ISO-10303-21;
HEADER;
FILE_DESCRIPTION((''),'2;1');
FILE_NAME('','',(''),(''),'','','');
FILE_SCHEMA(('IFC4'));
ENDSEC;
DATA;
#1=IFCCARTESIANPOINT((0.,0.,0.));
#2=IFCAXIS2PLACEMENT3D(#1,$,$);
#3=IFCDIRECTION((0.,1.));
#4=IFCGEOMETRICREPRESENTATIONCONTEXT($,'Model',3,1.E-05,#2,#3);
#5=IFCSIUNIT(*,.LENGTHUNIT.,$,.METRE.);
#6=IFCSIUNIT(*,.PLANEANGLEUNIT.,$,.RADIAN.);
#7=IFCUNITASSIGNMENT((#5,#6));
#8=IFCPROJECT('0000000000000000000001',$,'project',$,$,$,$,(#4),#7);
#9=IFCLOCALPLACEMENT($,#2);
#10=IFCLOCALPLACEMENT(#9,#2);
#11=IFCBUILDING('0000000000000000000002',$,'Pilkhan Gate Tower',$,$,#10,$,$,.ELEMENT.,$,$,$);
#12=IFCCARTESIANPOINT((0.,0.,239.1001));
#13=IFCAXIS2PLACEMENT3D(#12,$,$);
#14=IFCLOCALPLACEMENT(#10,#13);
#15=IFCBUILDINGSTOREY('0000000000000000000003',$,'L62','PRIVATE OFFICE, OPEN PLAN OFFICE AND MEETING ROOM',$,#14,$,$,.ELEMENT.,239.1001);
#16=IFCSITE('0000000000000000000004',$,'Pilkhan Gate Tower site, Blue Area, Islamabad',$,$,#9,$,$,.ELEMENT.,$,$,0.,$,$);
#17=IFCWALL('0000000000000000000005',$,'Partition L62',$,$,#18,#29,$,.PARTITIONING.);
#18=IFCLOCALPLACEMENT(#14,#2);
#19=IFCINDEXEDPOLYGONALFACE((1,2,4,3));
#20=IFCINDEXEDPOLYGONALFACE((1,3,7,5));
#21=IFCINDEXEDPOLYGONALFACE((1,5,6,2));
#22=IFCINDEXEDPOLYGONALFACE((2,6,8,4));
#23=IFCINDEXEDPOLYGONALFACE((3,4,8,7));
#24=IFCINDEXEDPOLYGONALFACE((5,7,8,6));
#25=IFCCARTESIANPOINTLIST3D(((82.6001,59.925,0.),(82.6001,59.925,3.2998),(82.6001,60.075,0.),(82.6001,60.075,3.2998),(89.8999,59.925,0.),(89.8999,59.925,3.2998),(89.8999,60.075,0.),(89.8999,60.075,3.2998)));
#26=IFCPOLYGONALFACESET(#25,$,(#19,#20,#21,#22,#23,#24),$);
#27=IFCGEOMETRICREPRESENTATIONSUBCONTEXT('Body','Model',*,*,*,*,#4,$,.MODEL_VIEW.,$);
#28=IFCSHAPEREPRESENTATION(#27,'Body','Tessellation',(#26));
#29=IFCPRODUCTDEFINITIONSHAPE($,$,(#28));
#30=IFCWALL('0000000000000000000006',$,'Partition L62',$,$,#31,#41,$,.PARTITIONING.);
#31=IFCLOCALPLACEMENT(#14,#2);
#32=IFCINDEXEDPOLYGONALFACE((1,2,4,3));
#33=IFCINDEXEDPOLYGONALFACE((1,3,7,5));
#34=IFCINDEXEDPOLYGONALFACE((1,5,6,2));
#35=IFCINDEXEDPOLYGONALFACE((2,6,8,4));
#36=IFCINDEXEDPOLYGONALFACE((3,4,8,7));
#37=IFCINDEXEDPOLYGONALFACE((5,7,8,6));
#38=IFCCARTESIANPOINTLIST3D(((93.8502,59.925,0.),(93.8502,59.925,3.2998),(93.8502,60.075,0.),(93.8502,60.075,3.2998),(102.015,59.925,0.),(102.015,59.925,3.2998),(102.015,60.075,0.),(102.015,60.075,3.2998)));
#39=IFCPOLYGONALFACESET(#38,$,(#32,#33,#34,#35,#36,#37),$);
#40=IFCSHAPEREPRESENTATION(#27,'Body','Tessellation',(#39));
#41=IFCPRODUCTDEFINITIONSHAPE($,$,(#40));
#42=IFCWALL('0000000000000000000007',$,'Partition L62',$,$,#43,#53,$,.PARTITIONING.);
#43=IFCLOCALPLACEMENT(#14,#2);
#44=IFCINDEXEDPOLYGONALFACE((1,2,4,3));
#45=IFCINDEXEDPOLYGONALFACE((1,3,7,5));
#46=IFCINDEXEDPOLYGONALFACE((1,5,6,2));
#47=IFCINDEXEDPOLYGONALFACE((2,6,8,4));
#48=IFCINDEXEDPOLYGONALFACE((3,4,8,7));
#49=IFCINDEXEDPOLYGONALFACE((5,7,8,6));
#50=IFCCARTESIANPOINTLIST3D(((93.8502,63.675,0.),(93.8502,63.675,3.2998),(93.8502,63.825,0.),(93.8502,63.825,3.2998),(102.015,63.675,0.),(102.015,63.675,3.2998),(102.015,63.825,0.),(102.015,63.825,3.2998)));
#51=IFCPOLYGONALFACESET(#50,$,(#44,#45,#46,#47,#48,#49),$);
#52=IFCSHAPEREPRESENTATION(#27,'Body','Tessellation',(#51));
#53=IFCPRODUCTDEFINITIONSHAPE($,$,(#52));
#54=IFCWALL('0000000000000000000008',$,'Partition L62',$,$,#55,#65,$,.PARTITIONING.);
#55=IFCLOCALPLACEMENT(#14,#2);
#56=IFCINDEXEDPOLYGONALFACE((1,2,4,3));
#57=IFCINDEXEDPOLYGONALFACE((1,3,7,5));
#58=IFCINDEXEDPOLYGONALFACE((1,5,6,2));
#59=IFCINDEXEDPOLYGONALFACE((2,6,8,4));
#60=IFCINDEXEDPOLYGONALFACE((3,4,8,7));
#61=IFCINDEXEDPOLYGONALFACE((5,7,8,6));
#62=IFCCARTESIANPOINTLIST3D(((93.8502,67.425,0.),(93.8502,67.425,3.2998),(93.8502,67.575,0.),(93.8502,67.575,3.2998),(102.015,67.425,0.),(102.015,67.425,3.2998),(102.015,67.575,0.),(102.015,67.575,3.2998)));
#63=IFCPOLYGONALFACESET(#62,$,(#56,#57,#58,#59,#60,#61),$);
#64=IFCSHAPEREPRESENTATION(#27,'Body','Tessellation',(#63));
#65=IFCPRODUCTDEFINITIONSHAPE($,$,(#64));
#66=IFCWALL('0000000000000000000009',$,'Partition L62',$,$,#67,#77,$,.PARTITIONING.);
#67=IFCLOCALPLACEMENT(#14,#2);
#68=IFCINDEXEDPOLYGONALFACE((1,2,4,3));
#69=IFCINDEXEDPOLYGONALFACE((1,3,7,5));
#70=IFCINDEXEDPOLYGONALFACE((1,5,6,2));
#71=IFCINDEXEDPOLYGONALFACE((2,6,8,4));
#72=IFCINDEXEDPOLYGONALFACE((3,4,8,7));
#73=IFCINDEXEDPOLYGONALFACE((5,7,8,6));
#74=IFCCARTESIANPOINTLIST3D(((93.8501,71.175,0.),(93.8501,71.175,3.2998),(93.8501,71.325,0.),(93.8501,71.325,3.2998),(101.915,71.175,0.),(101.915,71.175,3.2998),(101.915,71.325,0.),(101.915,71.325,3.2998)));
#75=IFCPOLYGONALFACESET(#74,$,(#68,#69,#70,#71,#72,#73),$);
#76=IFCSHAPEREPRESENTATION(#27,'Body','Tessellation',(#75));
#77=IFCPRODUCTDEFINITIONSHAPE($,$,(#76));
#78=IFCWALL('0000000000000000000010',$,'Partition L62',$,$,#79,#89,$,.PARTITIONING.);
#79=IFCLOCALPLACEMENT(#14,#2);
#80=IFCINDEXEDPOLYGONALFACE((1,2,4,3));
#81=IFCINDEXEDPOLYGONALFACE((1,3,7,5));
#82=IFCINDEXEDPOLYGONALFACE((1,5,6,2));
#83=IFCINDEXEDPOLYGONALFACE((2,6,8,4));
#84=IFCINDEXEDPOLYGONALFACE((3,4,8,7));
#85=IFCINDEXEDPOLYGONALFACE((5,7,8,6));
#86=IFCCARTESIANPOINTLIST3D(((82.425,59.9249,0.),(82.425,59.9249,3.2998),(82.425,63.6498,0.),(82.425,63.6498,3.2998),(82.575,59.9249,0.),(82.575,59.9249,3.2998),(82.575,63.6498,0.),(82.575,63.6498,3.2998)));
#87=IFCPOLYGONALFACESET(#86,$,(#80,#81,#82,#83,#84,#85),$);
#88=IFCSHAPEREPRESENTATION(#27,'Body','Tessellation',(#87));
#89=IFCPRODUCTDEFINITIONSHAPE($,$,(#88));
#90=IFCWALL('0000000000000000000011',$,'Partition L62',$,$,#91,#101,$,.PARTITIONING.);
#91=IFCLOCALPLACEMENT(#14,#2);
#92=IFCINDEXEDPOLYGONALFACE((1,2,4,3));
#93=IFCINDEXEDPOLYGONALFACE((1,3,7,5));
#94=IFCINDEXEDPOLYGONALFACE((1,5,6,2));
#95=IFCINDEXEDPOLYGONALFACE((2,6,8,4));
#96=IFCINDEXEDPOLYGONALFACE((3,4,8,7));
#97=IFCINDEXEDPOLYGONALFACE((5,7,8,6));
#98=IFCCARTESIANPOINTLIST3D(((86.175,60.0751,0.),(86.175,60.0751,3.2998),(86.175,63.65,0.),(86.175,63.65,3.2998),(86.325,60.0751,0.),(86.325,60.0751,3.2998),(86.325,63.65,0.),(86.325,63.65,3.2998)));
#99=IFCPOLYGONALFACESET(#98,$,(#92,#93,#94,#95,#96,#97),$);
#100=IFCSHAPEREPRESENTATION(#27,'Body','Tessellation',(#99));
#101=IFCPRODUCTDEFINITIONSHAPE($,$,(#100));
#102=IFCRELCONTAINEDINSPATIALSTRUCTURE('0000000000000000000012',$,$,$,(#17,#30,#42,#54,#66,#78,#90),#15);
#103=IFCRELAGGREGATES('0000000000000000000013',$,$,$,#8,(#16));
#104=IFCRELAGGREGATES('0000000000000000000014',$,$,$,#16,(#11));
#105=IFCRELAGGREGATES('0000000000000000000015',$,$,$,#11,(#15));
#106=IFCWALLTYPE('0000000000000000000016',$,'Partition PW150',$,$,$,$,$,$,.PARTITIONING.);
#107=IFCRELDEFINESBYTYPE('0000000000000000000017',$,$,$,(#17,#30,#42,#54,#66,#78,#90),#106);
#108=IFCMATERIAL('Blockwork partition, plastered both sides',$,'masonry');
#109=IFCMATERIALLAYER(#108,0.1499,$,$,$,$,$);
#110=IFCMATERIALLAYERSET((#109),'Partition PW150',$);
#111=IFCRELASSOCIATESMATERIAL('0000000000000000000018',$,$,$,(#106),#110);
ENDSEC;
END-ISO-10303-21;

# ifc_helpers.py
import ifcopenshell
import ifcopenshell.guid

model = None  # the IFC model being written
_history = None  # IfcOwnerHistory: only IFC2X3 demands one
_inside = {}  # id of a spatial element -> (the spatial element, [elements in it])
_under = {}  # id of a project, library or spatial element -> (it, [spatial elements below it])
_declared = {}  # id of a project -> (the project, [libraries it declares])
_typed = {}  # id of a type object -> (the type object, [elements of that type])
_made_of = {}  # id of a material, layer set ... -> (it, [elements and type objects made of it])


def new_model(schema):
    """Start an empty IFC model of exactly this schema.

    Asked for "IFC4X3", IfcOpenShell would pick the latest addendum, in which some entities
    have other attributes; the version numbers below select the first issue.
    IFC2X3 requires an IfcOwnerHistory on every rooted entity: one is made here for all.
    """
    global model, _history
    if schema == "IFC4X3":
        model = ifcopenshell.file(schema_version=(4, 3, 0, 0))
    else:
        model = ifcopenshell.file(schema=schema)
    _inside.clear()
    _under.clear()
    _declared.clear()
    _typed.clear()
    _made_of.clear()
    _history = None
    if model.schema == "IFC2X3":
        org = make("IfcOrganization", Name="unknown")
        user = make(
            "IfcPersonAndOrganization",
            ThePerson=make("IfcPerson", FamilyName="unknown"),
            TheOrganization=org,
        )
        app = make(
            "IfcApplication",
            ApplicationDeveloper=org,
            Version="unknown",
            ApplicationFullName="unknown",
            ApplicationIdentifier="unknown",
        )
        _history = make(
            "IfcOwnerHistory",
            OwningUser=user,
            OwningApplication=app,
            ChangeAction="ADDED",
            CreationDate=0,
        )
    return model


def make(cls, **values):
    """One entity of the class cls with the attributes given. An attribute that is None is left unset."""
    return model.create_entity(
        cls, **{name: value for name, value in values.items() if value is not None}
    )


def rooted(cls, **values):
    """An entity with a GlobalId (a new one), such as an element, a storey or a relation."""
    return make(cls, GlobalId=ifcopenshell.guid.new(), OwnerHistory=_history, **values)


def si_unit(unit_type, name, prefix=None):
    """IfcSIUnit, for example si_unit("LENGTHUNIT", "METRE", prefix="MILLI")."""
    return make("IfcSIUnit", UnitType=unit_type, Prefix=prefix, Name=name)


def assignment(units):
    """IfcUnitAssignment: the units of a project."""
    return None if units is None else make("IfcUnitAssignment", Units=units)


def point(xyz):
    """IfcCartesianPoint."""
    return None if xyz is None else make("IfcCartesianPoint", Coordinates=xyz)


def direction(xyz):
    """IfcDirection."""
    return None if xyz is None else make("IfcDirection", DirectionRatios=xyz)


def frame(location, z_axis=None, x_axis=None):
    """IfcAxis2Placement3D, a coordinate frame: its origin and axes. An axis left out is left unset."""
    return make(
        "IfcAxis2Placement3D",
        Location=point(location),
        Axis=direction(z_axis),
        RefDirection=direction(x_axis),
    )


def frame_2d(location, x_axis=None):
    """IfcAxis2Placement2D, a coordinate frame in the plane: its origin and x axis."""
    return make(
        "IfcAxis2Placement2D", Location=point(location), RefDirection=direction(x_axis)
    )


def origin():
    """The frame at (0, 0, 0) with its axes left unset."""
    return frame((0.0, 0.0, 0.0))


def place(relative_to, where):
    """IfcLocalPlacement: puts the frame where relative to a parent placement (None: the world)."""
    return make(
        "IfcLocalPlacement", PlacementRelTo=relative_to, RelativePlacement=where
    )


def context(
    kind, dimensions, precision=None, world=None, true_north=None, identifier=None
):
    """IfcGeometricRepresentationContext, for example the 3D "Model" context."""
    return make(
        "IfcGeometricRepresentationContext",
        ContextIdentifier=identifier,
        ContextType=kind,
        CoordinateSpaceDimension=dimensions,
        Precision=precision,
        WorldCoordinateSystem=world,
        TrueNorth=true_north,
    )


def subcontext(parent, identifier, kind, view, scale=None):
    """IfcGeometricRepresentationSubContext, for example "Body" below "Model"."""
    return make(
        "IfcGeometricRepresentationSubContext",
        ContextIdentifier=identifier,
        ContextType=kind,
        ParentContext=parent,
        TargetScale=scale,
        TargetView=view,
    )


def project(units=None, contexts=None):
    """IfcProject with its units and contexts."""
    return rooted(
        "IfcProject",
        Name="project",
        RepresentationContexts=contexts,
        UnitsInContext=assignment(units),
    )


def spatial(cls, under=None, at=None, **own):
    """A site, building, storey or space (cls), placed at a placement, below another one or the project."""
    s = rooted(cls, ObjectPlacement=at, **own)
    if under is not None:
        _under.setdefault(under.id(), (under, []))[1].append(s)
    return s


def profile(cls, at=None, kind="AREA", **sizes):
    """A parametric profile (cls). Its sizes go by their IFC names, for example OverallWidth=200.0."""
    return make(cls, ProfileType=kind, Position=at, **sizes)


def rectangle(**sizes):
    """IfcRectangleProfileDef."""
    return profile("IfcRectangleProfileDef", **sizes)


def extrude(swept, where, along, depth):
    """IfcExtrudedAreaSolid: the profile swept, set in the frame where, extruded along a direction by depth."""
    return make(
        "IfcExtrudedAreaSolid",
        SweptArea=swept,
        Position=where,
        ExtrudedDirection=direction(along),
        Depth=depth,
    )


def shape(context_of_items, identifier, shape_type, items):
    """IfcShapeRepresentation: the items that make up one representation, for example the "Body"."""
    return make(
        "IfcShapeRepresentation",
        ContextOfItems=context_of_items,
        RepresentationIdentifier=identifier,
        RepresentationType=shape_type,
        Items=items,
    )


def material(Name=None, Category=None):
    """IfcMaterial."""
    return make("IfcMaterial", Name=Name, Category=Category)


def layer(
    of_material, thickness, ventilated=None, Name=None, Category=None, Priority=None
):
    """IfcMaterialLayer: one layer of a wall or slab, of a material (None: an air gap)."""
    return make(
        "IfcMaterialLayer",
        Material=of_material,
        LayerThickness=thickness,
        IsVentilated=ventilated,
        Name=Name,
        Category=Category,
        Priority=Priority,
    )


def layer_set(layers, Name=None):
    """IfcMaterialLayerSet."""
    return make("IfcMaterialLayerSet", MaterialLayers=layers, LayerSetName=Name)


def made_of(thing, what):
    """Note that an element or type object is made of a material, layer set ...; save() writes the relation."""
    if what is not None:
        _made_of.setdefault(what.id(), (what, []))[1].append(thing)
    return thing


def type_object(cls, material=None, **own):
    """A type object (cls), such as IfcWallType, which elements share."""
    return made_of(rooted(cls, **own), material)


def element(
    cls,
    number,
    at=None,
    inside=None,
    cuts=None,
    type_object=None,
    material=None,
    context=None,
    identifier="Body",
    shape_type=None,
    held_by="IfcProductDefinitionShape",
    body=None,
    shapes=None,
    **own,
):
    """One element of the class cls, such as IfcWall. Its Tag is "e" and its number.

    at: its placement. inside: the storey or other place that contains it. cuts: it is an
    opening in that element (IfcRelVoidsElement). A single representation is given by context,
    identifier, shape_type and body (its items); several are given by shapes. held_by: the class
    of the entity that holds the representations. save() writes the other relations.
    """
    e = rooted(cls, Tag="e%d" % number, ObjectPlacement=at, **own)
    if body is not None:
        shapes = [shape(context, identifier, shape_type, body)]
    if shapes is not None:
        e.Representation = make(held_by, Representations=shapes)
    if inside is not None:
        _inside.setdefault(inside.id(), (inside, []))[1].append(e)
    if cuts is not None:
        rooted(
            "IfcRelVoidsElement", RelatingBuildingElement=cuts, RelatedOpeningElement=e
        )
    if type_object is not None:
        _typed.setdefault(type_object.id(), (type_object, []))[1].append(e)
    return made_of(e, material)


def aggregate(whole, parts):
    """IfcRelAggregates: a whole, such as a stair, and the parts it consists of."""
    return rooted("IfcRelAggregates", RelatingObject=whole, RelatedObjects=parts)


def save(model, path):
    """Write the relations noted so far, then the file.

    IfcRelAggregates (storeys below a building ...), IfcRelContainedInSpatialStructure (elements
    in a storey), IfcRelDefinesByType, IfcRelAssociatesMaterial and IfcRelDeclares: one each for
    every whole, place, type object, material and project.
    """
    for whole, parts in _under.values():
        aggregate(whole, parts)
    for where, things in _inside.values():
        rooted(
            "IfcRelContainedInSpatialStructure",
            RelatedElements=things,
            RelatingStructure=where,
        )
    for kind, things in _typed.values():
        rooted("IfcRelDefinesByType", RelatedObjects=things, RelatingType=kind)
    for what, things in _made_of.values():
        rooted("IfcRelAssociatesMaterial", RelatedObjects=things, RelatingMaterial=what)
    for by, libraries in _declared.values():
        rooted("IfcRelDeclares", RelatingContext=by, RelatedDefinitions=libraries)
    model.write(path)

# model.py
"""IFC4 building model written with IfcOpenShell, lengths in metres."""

from ifc_helpers import new_model, si_unit, direction, frame, frame_2d, origin, place, context, subcontext, project, spatial, rectangle, extrude, material, layer, layer_set, type_object, element, save


model = new_model("IFC4")

# Units and contexts
model_context = context("Model", 3, precision=1e-05, world=origin(), true_north=direction((0.0, 1.0)))
body_context = subcontext(model_context, "Body", "Model", "MODEL_VIEW")
ifc_project = project(units=[si_unit("LENGTHUNIT", "METRE"), si_unit("PLANEANGLEUNIT", "RADIAN")], contexts=[model_context])

# Site, building, storey
site_placement = place(None, origin())
site = spatial("IfcSite", under=ifc_project, at=site_placement, Name="Pilkhan Gate Tower site, Blue Area, Islamabad", CompositionType="ELEMENT", RefElevation=0.0)
building_placement = place(site_placement, origin())
building = spatial("IfcBuilding", under=site, at=building_placement, Name="Pilkhan Gate Tower", CompositionType="ELEMENT")
storey_placement = place(building_placement, frame((0.0, 0.0, 239.1001)))
storey = spatial("IfcBuildingStorey", under=building, at=storey_placement, Name="L62", Description="PRIVATE OFFICE, OPEN PLAN OFFICE AND MEETING ROOM", CompositionType="ELEMENT", Elevation=239.1001)

# Walls
ifc_material_1 = material(Name="Blockwork partition, plastered both sides", Category="masonry")
ifc_layer_1 = layer(ifc_material_1, 0.1499)
ifc_layer_set_1 = layer_set([ifc_layer_1], Name="Partition PW150")
wall_type_1 = type_object("IfcWallType", Name="Partition PW150", PredefinedType="PARTITIONING", material=ifc_layer_set_1)
wall_1_placement = place(storey_placement, frame((82.6001, 60.0, 0.0), z_axis=(0.0, 0.0, 1.0), x_axis=(1.0, 0.0, 0.0)))
element("IfcWall", 1, at=wall_1_placement, inside=storey, type_object=wall_type_1, Name="Partition L62", PredefinedType="PARTITIONING", context=body_context, shape_type="SweptSolid", body=[
    extrude(rectangle(XDim=7.2998, YDim=0.1499, at=frame_2d((3.6499, 0.0))), origin(), (0.0, 0.0, 1.0), 3.2998),
])
for number, where, z_axis, x_axis, name in (
    (2, (93.8501, 60.0, 0.0), (0.0, 0.0, 1.0), (1.0, 0.0, 0.0), "Partition L62"),
    (3, (93.8501, 63.75, 0.0), (0.0, 0.0, 1.0), (1.0, 0.0, 0.0), "Partition L62"),
    (4, (93.8501, 67.5, 0.0), (0.0, 0.0, 1.0), (1.0, 0.0, 0.0), "Partition L62"),
):
    element("IfcWall", number, at=place(storey_placement, frame(where, z_axis=z_axis, x_axis=x_axis)), inside=storey, type_object=wall_type_1, Name=name, PredefinedType="PARTITIONING", context=body_context, shape_type="SweptSolid", body=[
        extrude(rectangle(XDim=8.1648, YDim=0.1499, at=frame_2d((4.0825, 0.0))), origin(), (0.0, 0.0, 1.0), 3.2998),
    ])
wall_2_placement = place(storey_placement, frame((93.8501, 71.25, 0.0), z_axis=(0.0, 0.0, 1.0), x_axis=(1.0, 0.0, 0.0)))
element("IfcWall", 5, at=wall_2_placement, inside=storey, type_object=wall_type_1, Name="Partition L62", PredefinedType="PARTITIONING", context=body_context, shape_type="SweptSolid", body=[
    extrude(rectangle(XDim=8.0649, YDim=0.1499, at=frame_2d((4.0325, 0.0))), origin(), (0.0, 0.0, 1.0), 3.2998),
])
wall_3_placement = place(storey_placement, frame((82.5, 59.925, 0.0), z_axis=(0.0, 0.0, 1.0), x_axis=(0.0, 1.0, 0.0)))
element("IfcWall", 6, at=wall_3_placement, inside=storey, type_object=wall_type_1, Name="Partition L62", PredefinedType="PARTITIONING", context=body_context, shape_type="SweptSolid", body=[
    extrude(rectangle(XDim=3.7249, YDim=0.1499, at=frame_2d((1.8623, 0.0))), origin(), (0.0, 0.0, 1.0), 3.2998),
])
wall_4_placement = place(storey_placement, frame((86.25, 60.075, 0.0), z_axis=(0.0, 0.0, 1.0), x_axis=(0.0, 1.0, 0.0)))
element("IfcWall", 7, at=wall_4_placement, inside=storey, type_object=wall_type_1, Name="Partition L62", PredefinedType="PARTITIONING", context=body_context, shape_type="SweptSolid", body=[
    extrude(rectangle(XDim=3.575, YDim=0.1499, at=frame_2d((1.7876, 0.0))), origin(), (0.0, 0.0, 1.0), 3.2998),
])

save(model, "model.ifc")
